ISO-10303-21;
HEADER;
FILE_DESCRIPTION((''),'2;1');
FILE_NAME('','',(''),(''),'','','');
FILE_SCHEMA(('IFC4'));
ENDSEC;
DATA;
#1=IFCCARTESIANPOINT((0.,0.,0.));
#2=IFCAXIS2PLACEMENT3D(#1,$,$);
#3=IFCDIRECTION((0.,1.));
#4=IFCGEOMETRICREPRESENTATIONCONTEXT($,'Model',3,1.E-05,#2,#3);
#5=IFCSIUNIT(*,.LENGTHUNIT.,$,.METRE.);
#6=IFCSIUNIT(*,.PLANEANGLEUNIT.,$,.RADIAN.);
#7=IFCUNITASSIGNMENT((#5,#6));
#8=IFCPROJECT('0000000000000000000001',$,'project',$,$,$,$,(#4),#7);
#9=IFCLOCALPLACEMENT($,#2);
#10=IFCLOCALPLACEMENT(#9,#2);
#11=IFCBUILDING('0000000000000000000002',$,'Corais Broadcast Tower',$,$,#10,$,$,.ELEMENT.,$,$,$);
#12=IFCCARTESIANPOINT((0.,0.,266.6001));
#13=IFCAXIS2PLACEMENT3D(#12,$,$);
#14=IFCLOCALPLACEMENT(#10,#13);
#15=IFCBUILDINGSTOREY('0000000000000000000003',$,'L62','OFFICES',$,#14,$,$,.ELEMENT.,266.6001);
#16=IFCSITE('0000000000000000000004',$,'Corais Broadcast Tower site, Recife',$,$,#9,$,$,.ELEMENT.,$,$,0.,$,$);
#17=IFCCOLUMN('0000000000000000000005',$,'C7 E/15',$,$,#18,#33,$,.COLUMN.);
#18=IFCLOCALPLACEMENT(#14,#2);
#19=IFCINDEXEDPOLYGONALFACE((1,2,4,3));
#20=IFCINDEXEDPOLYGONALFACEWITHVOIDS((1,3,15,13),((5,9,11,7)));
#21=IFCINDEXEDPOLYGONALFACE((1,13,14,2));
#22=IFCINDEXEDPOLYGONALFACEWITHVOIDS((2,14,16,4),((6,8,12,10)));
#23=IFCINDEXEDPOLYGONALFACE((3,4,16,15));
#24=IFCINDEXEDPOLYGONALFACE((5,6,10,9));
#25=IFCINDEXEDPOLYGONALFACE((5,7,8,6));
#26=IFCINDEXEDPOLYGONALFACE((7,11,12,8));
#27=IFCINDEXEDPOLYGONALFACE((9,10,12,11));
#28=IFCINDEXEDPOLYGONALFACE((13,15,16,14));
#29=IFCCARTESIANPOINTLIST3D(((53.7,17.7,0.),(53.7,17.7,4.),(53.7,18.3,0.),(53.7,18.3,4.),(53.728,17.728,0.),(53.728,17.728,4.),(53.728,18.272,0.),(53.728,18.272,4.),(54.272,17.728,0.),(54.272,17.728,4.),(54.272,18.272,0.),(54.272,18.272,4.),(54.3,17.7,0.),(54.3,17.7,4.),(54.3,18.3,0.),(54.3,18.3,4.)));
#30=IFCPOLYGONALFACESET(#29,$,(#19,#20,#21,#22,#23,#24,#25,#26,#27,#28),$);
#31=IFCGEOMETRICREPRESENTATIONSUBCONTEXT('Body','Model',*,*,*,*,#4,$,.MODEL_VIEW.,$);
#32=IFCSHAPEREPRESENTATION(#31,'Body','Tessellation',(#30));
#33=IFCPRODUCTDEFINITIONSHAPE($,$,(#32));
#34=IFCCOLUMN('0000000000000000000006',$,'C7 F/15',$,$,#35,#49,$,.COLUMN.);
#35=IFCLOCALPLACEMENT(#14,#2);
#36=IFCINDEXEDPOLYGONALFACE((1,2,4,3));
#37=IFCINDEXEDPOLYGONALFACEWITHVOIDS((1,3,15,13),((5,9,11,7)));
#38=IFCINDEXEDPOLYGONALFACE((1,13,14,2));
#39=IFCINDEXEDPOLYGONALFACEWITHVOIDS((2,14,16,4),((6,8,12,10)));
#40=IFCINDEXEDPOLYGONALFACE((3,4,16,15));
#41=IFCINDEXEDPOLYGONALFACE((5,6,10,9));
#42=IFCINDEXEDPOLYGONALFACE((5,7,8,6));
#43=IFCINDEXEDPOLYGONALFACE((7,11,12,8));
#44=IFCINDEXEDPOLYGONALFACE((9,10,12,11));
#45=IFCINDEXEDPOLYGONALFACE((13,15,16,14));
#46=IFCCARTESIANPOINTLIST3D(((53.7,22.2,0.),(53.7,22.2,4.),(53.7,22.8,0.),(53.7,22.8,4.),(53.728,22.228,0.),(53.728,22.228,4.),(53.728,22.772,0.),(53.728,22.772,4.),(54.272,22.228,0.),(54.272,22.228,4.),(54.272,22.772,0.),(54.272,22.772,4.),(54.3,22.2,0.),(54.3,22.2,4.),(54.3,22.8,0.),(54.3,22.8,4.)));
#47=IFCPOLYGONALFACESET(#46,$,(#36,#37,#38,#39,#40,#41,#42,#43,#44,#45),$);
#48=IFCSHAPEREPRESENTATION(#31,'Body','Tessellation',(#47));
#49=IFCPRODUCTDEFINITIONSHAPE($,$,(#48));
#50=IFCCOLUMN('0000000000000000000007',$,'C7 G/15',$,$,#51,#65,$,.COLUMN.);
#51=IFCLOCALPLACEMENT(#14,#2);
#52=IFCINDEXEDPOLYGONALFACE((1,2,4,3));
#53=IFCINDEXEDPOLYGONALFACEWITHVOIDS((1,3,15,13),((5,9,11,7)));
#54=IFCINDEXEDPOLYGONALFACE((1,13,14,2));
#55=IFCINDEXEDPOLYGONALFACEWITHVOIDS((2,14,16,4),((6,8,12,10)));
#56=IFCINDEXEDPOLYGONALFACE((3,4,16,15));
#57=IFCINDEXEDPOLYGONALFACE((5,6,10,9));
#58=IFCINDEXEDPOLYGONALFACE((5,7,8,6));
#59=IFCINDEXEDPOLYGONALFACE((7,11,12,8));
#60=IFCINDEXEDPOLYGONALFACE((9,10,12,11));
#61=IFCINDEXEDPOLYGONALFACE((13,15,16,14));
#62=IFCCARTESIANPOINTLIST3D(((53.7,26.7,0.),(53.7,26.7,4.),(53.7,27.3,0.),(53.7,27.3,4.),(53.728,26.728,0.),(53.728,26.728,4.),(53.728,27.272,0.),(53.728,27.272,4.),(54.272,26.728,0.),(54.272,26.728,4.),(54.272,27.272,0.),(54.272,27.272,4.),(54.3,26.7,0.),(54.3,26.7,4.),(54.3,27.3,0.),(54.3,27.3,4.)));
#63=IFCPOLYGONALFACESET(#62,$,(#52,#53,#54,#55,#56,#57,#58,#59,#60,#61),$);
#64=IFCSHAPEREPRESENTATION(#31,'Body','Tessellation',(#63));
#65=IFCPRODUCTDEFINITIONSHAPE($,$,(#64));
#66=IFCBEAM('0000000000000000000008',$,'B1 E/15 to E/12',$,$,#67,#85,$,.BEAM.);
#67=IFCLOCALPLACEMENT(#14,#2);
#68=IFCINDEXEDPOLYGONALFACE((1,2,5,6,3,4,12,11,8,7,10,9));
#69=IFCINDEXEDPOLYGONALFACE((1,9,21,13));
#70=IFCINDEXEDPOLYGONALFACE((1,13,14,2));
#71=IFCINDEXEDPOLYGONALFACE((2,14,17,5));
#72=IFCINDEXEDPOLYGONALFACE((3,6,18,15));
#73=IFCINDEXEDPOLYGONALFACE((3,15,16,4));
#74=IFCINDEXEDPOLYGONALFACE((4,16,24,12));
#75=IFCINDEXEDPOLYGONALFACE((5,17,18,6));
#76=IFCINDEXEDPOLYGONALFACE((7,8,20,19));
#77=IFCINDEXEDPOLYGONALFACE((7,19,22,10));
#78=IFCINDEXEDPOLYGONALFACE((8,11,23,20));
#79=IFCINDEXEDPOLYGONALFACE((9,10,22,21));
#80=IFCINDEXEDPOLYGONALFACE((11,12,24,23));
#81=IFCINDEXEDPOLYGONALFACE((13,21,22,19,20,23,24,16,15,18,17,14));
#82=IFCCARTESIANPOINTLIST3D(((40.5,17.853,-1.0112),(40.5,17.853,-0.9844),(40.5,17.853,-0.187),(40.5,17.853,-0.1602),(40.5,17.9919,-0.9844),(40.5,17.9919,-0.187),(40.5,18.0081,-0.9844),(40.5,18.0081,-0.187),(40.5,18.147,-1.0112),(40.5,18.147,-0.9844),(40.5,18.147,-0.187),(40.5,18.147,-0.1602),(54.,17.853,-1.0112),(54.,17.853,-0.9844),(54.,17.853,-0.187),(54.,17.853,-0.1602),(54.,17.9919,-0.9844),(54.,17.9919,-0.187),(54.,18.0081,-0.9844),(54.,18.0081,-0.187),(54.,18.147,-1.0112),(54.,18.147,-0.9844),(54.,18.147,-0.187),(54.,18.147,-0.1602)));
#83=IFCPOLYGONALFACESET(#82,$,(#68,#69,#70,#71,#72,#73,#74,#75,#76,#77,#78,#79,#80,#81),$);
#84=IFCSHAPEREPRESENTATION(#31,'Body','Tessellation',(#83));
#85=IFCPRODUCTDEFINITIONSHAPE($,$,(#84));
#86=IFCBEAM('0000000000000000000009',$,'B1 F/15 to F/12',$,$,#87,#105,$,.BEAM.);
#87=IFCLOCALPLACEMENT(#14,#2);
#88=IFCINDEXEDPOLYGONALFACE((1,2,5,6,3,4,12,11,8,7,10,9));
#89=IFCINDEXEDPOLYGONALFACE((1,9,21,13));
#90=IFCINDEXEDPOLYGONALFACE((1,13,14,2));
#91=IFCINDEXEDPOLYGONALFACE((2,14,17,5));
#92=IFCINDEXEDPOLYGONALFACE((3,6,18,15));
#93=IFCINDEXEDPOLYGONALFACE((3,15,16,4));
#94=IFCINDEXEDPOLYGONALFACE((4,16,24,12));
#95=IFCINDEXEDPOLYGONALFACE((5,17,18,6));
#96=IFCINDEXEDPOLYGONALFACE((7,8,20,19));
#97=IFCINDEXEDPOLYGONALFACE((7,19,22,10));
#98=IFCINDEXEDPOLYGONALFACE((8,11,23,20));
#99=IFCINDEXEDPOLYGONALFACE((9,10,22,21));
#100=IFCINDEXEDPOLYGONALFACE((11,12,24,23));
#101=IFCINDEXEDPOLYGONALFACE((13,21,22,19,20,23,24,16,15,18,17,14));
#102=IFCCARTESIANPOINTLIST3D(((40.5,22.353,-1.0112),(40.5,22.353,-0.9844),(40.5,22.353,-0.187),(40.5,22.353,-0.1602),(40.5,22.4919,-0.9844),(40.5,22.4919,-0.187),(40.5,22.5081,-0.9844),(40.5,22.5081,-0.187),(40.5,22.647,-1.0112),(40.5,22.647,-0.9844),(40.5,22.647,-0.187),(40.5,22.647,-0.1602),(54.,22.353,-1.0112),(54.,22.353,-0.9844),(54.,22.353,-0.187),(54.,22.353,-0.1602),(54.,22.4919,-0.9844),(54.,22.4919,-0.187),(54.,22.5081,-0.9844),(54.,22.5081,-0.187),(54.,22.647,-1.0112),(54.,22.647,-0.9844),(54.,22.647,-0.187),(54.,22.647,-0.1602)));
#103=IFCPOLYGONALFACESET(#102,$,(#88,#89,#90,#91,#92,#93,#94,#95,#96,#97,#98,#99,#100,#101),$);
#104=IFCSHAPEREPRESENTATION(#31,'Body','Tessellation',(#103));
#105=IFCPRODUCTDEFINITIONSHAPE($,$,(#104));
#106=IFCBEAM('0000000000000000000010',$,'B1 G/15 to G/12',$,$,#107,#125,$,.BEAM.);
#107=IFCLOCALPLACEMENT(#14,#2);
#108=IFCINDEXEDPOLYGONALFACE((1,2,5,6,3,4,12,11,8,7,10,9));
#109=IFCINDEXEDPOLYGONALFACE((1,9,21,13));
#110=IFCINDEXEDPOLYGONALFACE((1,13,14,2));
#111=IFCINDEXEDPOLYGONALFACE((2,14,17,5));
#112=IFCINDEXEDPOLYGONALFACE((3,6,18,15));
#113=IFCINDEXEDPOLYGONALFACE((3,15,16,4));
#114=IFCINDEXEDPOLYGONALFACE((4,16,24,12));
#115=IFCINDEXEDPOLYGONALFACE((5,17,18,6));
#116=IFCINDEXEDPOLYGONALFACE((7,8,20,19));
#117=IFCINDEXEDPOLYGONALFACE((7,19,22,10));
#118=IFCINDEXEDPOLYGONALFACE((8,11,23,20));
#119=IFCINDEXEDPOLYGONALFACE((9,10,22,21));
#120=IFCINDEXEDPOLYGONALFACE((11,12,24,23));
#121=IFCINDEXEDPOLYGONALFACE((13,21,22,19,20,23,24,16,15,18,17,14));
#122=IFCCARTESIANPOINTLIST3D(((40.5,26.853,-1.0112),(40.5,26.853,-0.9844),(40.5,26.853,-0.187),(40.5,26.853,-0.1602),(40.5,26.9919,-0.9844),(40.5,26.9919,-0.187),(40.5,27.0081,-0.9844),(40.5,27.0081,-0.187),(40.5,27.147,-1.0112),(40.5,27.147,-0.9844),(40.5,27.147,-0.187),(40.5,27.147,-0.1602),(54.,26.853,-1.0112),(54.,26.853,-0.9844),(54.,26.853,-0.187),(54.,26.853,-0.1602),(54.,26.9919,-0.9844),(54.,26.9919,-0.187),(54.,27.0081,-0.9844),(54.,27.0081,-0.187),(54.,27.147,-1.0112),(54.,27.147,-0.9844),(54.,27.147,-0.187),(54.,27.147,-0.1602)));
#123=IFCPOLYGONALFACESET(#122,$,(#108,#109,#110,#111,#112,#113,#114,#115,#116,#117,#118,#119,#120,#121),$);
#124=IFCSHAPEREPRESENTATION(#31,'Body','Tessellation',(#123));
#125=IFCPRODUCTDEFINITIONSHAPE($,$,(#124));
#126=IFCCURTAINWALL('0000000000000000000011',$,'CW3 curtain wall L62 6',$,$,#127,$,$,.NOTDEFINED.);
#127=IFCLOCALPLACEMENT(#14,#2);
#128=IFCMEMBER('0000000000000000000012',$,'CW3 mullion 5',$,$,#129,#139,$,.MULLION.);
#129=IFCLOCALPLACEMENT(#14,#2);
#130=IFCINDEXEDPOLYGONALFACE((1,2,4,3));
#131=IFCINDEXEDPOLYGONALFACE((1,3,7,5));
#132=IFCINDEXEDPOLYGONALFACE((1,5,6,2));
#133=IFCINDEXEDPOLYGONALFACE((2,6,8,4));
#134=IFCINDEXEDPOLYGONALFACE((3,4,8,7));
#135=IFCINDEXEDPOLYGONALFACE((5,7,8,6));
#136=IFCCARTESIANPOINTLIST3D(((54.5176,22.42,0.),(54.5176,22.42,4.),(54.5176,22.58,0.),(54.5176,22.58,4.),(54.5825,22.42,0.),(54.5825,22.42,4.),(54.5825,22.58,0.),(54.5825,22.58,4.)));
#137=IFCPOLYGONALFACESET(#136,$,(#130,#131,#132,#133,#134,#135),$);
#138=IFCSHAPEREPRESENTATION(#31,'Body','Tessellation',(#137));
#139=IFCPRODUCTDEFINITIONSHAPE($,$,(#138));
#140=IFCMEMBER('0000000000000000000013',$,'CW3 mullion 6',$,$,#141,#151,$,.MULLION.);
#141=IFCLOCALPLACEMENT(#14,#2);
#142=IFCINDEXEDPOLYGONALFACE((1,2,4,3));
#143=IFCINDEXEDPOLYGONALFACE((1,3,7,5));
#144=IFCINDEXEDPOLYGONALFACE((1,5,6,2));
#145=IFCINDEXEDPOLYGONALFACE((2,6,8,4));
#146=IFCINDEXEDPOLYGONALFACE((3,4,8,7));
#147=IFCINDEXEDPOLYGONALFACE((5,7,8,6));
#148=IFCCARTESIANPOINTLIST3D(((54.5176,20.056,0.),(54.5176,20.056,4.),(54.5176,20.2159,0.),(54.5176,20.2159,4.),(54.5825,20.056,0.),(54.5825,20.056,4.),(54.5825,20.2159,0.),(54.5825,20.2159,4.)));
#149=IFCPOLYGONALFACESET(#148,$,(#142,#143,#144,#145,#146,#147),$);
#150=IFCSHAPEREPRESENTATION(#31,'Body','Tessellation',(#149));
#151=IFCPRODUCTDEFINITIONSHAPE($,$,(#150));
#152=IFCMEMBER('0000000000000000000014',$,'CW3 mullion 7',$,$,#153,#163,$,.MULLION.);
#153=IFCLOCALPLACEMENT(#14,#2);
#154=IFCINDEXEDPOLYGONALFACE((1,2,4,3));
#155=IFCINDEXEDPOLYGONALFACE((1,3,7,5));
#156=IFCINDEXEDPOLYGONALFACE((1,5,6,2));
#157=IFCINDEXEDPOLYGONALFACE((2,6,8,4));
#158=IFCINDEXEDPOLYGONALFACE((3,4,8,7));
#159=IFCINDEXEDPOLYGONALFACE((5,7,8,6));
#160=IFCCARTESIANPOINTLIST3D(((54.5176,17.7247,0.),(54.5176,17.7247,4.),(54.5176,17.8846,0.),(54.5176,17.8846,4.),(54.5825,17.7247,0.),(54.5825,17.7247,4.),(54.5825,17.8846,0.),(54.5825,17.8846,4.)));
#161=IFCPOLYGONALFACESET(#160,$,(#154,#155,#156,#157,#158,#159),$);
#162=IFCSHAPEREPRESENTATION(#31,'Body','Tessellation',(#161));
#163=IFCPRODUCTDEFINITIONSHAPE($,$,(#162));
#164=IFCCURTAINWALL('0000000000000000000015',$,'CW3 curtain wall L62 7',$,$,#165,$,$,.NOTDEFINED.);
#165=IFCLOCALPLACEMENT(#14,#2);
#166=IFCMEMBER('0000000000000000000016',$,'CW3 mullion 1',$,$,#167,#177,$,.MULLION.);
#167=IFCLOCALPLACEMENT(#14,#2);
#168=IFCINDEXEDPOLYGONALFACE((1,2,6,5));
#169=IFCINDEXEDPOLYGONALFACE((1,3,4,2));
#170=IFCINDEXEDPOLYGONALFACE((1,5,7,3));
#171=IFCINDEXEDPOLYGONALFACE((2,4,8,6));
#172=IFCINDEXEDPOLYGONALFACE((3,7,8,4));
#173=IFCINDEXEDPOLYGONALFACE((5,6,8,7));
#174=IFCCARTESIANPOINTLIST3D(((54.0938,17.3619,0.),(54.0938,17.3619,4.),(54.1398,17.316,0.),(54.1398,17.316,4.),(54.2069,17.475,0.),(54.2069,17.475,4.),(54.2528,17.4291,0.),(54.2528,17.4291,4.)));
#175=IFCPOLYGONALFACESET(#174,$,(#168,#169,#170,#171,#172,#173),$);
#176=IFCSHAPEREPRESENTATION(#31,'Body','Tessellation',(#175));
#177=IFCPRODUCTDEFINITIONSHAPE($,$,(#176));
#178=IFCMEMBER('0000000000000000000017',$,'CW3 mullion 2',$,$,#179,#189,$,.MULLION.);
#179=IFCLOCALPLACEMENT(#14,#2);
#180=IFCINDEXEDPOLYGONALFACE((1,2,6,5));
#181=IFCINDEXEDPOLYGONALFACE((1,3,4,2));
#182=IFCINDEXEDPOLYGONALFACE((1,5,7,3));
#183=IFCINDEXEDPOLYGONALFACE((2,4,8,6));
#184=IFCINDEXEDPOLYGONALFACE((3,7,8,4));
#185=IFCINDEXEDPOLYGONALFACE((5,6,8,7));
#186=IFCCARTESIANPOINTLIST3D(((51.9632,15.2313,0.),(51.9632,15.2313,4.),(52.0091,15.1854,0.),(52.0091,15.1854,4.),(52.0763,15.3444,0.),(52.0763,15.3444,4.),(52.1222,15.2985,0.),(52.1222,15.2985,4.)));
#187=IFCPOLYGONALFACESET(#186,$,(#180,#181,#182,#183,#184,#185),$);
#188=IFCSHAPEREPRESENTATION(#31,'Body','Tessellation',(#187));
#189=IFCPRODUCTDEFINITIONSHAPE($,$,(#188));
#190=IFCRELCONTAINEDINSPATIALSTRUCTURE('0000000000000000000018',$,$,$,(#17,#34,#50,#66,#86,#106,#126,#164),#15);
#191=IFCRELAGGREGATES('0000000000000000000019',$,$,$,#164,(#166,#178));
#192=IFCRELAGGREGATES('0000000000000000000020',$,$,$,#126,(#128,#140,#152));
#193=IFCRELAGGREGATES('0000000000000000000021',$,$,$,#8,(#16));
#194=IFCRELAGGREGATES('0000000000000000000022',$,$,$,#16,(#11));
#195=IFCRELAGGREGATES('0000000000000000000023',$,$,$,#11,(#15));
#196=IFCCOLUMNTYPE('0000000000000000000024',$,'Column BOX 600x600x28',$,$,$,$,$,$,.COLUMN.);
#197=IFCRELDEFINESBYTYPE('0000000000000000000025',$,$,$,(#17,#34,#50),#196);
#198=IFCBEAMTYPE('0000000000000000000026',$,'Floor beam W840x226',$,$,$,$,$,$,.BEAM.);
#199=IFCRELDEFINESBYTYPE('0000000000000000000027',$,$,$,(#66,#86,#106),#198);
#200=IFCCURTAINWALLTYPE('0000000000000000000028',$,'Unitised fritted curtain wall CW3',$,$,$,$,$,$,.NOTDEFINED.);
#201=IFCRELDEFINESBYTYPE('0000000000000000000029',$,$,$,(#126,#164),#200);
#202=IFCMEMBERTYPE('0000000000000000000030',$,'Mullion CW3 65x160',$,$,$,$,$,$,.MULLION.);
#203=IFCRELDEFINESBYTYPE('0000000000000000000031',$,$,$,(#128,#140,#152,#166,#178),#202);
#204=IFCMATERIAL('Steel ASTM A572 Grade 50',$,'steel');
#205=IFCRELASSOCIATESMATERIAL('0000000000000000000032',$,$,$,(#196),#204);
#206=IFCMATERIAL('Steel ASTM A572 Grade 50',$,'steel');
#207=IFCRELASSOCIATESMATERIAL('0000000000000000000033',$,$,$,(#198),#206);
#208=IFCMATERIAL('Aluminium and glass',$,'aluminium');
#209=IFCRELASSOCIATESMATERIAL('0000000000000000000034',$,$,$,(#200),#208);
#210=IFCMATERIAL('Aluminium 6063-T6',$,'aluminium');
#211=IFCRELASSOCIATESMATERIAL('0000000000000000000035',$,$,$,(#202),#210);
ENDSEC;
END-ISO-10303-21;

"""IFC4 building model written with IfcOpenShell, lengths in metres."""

from ifc_helpers import new_model, si_unit, direction, frame, origin, origin_2d, place, context, subcontext, project, spatial, rectangle, hollow_rectangle, i_section, extrude, material, material_profile, profile_set, type_object, element, aggregate, save


model = new_model("IFC4")

# Units and contexts
model_context = context("Model", 3, precision=1e-05, world=origin(), true_north=direction((0.0, 1.0)))
body_context = subcontext(model_context, "Body", "Model", "MODEL_VIEW")
ifc_project = project(units=[si_unit("LENGTHUNIT", "METRE"), si_unit("PLANEANGLEUNIT", "RADIAN")], contexts=[model_context])

# Site, building, storey
site_placement = place(None, origin())
site = spatial("IfcSite", under=ifc_project, at=site_placement, Name="Corais Broadcast Tower site, Recife", CompositionType="ELEMENT", RefElevation=0.0)
building_placement = place(site_placement, origin())
building = spatial("IfcBuilding", under=site, at=building_placement, Name="Corais Broadcast Tower", CompositionType="ELEMENT")
storey_placement = place(building_placement, frame((0.0, 0.0, 266.6001)))
storey = spatial("IfcBuildingStorey", under=building, at=storey_placement, Name="L62", Description="OFFICES", CompositionType="ELEMENT", Elevation=266.6001)

# Columns
ifc_material_1 = material(Name="Steel ASTM A572 Grade 50", Category="steel")
ifc_material_profile_1 = material_profile(ifc_material_1, hollow_rectangle(XDim=0.6001, YDim=0.6001, WallThickness=0.0281, at=origin_2d()), Name="BOX 600x600x28")
ifc_profile_set_1 = profile_set([ifc_material_profile_1], Name="Steel ASTM A572 Grade 50")
column_type = type_object("IfcColumnType", Name="Column BOX 600x600x28", PredefinedType="COLUMN", material=ifc_profile_set_1)
for number, where, z_axis, x_axis, name in (
    (1, (54.0, 18.0, 0.0), (0.0, 0.0, 1.0), (1.0, 0.0, 0.0), "C7 E/15"),
    (2, (54.0, 22.5, 0.0), (0.0, 0.0, 1.0), (1.0, 0.0, 0.0), "C7 F/15"),
    (3, (54.0, 27.0, 0.0), (0.0, 0.0, 1.0), (1.0, 0.0, 0.0), "C7 G/15"),
):
    element("IfcColumn", number, at=place(storey_placement, frame(where, z_axis=z_axis, x_axis=x_axis)), inside=storey, type_object=column_type, Name=name, PredefinedType="COLUMN", context=body_context, shape_type="SweptSolid", body=[
        extrude(hollow_rectangle(XDim=0.6001, YDim=0.6001, WallThickness=0.0281, at=origin_2d()), origin(), (0.0, 0.0, 1.0), 4.0),
    ])

# Beams
ifc_material_2 = material(Name="Steel ASTM A572 Grade 50", Category="steel")
ifc_material_profile_2 = material_profile(ifc_material_2, i_section(OverallWidth=0.2939, OverallDepth=0.8511, WebThickness=0.0161, FlangeThickness=0.0269, at=origin_2d()), Name="W840x226")
ifc_profile_set_2 = profile_set([ifc_material_profile_2], Name="Steel ASTM A572 Grade 50")
beam_type_1 = type_object("IfcBeamType", Name="Floor beam W840x226", PredefinedType="BEAM", material=ifc_profile_set_2)
for number, where, z_axis, x_axis, name in (
    (4, (54.0, 18.0, -0.5857), (-1.0, 0.0, 0.0), (0.0, -1.0, 0.0), "B1 E/15 to E/12"),
    (5, (54.0, 22.5, -0.5857), (-1.0, 0.0, 0.0), (0.0, -1.0, 0.0), "B1 F/15 to F/12"),
    (6, (54.0, 27.0, -0.5857), (-1.0, 0.0, 0.0), (0.0, -1.0, 0.0), "B1 G/15 to G/12"),
):
    element("IfcBeam", number, at=place(storey_placement, frame(where, z_axis=z_axis, x_axis=x_axis)), inside=storey, type_object=beam_type_1, Name=name, PredefinedType="BEAM", context=body_context, shape_type="SweptSolid", body=[
        extrude(i_section(OverallWidth=0.2939, OverallDepth=0.8511, WebThickness=0.0161, FlangeThickness=0.0269, at=origin_2d()), origin(), (0.0, 0.0, 1.0), 13.5),
    ])

# Curtain walls, members
ifc_material_3 = material(Name="Aluminium and glass", Category="aluminium")
curtain_wall_type = type_object("IfcCurtainWallType", Name="Unitised fritted curtain wall CW3", PredefinedType="NOTDEFINED", material=ifc_material_3)
curtain_wall_1_placement = place(storey_placement, origin())
curtain_wall_1 = element("IfcCurtainWall", 7, at=curtain_wall_1_placement, inside=storey, type_object=curtain_wall_type, Name="CW3 curtain wall L62 6", PredefinedType="NOTDEFINED")
ifc_material_4 = material(Name="Aluminium 6063-T6", Category="aluminium")
ifc_material_profile_3 = material_profile(ifc_material_4, rectangle(XDim=0.0649, YDim=0.1599, at=origin_2d()), Name="Mullion CW3 65x160")
ifc_profile_set_3 = profile_set([ifc_material_profile_3], Name="Aluminium 6063-T6")
member_type_1 = type_object("IfcMemberType", Name="Mullion CW3 65x160", PredefinedType="MULLION", material=ifc_profile_set_3)
member_1_placement = place(storey_placement, frame((54.55, 22.5, 0.0), z_axis=(0.0, 0.0, 1.0), x_axis=(1.0, 0.0, 0.0)))
member_1 = element("IfcMember", 8, at=member_1_placement, type_object=member_type_1, Name="CW3 mullion 5", PredefinedType="MULLION", context=body_context, shape_type="SweptSolid", body=[
    extrude(rectangle(XDim=0.0649, YDim=0.1599, at=origin_2d()), origin(), (0.0, 0.0, 1.0), 4.0),
])
member_2_placement = place(storey_placement, frame((54.55, 20.136, 0.0), z_axis=(0.0, 0.0, 1.0), x_axis=(1.0, 0.0, 0.0)))
member_2 = element("IfcMember", 9, at=member_2_placement, type_object=member_type_1, Name="CW3 mullion 6", PredefinedType="MULLION", context=body_context, shape_type="SweptSolid", body=[
    extrude(rectangle(XDim=0.0649, YDim=0.1599, at=origin_2d()), origin(), (0.0, 0.0, 1.0), 4.0),
])
member_3_placement = place(storey_placement, frame((54.55, 17.8047, 0.0), z_axis=(0.0, 0.0, 1.0), x_axis=(1.0, 0.0, 0.0)))
member_3 = element("IfcMember", 10, at=member_3_placement, type_object=member_type_1, Name="CW3 mullion 7", PredefinedType="MULLION", context=body_context, shape_type="SweptSolid", body=[
    extrude(rectangle(XDim=0.0649, YDim=0.1599, at=origin_2d()), origin(), (0.0, 0.0, 1.0), 4.0),
])
curtain_wall_2_placement = place(storey_placement, origin())
curtain_wall_2 = element("IfcCurtainWall", 11, at=curtain_wall_2_placement, inside=storey, type_object=curtain_wall_type, Name="CW3 curtain wall L62 7", PredefinedType="NOTDEFINED")
member_4_placement = place(storey_placement, frame((54.1733, 17.3955, 0.0), z_axis=(0.0, 0.0, 1.0), x_axis=(0.707107, -0.707107, 0.0)))
member_4 = element("IfcMember", 12, at=member_4_placement, type_object=member_type_1, Name="CW3 mullion 1", PredefinedType="MULLION", context=body_context, shape_type="SweptSolid", body=[
    extrude(rectangle(XDim=0.0649, YDim=0.1599, at=origin_2d()), origin(), (0.0, 0.0, 1.0), 4.0),
])
member_5_placement = place(storey_placement, frame((52.0427, 15.2649, 0.0), z_axis=(0.0, 0.0, 1.0), x_axis=(0.707107, -0.707107, 0.0)))
member_5 = element("IfcMember", 13, at=member_5_placement, type_object=member_type_1, Name="CW3 mullion 2", PredefinedType="MULLION", context=body_context, shape_type="SweptSolid", body=[
    extrude(rectangle(XDim=0.0649, YDim=0.1599, at=origin_2d()), origin(), (0.0, 0.0, 1.0), 4.0),
])

aggregate(curtain_wall_2, [member_4, member_5])
aggregate(curtain_wall_1, [member_1, member_2, member_3])

save(model, "model.ifc")
